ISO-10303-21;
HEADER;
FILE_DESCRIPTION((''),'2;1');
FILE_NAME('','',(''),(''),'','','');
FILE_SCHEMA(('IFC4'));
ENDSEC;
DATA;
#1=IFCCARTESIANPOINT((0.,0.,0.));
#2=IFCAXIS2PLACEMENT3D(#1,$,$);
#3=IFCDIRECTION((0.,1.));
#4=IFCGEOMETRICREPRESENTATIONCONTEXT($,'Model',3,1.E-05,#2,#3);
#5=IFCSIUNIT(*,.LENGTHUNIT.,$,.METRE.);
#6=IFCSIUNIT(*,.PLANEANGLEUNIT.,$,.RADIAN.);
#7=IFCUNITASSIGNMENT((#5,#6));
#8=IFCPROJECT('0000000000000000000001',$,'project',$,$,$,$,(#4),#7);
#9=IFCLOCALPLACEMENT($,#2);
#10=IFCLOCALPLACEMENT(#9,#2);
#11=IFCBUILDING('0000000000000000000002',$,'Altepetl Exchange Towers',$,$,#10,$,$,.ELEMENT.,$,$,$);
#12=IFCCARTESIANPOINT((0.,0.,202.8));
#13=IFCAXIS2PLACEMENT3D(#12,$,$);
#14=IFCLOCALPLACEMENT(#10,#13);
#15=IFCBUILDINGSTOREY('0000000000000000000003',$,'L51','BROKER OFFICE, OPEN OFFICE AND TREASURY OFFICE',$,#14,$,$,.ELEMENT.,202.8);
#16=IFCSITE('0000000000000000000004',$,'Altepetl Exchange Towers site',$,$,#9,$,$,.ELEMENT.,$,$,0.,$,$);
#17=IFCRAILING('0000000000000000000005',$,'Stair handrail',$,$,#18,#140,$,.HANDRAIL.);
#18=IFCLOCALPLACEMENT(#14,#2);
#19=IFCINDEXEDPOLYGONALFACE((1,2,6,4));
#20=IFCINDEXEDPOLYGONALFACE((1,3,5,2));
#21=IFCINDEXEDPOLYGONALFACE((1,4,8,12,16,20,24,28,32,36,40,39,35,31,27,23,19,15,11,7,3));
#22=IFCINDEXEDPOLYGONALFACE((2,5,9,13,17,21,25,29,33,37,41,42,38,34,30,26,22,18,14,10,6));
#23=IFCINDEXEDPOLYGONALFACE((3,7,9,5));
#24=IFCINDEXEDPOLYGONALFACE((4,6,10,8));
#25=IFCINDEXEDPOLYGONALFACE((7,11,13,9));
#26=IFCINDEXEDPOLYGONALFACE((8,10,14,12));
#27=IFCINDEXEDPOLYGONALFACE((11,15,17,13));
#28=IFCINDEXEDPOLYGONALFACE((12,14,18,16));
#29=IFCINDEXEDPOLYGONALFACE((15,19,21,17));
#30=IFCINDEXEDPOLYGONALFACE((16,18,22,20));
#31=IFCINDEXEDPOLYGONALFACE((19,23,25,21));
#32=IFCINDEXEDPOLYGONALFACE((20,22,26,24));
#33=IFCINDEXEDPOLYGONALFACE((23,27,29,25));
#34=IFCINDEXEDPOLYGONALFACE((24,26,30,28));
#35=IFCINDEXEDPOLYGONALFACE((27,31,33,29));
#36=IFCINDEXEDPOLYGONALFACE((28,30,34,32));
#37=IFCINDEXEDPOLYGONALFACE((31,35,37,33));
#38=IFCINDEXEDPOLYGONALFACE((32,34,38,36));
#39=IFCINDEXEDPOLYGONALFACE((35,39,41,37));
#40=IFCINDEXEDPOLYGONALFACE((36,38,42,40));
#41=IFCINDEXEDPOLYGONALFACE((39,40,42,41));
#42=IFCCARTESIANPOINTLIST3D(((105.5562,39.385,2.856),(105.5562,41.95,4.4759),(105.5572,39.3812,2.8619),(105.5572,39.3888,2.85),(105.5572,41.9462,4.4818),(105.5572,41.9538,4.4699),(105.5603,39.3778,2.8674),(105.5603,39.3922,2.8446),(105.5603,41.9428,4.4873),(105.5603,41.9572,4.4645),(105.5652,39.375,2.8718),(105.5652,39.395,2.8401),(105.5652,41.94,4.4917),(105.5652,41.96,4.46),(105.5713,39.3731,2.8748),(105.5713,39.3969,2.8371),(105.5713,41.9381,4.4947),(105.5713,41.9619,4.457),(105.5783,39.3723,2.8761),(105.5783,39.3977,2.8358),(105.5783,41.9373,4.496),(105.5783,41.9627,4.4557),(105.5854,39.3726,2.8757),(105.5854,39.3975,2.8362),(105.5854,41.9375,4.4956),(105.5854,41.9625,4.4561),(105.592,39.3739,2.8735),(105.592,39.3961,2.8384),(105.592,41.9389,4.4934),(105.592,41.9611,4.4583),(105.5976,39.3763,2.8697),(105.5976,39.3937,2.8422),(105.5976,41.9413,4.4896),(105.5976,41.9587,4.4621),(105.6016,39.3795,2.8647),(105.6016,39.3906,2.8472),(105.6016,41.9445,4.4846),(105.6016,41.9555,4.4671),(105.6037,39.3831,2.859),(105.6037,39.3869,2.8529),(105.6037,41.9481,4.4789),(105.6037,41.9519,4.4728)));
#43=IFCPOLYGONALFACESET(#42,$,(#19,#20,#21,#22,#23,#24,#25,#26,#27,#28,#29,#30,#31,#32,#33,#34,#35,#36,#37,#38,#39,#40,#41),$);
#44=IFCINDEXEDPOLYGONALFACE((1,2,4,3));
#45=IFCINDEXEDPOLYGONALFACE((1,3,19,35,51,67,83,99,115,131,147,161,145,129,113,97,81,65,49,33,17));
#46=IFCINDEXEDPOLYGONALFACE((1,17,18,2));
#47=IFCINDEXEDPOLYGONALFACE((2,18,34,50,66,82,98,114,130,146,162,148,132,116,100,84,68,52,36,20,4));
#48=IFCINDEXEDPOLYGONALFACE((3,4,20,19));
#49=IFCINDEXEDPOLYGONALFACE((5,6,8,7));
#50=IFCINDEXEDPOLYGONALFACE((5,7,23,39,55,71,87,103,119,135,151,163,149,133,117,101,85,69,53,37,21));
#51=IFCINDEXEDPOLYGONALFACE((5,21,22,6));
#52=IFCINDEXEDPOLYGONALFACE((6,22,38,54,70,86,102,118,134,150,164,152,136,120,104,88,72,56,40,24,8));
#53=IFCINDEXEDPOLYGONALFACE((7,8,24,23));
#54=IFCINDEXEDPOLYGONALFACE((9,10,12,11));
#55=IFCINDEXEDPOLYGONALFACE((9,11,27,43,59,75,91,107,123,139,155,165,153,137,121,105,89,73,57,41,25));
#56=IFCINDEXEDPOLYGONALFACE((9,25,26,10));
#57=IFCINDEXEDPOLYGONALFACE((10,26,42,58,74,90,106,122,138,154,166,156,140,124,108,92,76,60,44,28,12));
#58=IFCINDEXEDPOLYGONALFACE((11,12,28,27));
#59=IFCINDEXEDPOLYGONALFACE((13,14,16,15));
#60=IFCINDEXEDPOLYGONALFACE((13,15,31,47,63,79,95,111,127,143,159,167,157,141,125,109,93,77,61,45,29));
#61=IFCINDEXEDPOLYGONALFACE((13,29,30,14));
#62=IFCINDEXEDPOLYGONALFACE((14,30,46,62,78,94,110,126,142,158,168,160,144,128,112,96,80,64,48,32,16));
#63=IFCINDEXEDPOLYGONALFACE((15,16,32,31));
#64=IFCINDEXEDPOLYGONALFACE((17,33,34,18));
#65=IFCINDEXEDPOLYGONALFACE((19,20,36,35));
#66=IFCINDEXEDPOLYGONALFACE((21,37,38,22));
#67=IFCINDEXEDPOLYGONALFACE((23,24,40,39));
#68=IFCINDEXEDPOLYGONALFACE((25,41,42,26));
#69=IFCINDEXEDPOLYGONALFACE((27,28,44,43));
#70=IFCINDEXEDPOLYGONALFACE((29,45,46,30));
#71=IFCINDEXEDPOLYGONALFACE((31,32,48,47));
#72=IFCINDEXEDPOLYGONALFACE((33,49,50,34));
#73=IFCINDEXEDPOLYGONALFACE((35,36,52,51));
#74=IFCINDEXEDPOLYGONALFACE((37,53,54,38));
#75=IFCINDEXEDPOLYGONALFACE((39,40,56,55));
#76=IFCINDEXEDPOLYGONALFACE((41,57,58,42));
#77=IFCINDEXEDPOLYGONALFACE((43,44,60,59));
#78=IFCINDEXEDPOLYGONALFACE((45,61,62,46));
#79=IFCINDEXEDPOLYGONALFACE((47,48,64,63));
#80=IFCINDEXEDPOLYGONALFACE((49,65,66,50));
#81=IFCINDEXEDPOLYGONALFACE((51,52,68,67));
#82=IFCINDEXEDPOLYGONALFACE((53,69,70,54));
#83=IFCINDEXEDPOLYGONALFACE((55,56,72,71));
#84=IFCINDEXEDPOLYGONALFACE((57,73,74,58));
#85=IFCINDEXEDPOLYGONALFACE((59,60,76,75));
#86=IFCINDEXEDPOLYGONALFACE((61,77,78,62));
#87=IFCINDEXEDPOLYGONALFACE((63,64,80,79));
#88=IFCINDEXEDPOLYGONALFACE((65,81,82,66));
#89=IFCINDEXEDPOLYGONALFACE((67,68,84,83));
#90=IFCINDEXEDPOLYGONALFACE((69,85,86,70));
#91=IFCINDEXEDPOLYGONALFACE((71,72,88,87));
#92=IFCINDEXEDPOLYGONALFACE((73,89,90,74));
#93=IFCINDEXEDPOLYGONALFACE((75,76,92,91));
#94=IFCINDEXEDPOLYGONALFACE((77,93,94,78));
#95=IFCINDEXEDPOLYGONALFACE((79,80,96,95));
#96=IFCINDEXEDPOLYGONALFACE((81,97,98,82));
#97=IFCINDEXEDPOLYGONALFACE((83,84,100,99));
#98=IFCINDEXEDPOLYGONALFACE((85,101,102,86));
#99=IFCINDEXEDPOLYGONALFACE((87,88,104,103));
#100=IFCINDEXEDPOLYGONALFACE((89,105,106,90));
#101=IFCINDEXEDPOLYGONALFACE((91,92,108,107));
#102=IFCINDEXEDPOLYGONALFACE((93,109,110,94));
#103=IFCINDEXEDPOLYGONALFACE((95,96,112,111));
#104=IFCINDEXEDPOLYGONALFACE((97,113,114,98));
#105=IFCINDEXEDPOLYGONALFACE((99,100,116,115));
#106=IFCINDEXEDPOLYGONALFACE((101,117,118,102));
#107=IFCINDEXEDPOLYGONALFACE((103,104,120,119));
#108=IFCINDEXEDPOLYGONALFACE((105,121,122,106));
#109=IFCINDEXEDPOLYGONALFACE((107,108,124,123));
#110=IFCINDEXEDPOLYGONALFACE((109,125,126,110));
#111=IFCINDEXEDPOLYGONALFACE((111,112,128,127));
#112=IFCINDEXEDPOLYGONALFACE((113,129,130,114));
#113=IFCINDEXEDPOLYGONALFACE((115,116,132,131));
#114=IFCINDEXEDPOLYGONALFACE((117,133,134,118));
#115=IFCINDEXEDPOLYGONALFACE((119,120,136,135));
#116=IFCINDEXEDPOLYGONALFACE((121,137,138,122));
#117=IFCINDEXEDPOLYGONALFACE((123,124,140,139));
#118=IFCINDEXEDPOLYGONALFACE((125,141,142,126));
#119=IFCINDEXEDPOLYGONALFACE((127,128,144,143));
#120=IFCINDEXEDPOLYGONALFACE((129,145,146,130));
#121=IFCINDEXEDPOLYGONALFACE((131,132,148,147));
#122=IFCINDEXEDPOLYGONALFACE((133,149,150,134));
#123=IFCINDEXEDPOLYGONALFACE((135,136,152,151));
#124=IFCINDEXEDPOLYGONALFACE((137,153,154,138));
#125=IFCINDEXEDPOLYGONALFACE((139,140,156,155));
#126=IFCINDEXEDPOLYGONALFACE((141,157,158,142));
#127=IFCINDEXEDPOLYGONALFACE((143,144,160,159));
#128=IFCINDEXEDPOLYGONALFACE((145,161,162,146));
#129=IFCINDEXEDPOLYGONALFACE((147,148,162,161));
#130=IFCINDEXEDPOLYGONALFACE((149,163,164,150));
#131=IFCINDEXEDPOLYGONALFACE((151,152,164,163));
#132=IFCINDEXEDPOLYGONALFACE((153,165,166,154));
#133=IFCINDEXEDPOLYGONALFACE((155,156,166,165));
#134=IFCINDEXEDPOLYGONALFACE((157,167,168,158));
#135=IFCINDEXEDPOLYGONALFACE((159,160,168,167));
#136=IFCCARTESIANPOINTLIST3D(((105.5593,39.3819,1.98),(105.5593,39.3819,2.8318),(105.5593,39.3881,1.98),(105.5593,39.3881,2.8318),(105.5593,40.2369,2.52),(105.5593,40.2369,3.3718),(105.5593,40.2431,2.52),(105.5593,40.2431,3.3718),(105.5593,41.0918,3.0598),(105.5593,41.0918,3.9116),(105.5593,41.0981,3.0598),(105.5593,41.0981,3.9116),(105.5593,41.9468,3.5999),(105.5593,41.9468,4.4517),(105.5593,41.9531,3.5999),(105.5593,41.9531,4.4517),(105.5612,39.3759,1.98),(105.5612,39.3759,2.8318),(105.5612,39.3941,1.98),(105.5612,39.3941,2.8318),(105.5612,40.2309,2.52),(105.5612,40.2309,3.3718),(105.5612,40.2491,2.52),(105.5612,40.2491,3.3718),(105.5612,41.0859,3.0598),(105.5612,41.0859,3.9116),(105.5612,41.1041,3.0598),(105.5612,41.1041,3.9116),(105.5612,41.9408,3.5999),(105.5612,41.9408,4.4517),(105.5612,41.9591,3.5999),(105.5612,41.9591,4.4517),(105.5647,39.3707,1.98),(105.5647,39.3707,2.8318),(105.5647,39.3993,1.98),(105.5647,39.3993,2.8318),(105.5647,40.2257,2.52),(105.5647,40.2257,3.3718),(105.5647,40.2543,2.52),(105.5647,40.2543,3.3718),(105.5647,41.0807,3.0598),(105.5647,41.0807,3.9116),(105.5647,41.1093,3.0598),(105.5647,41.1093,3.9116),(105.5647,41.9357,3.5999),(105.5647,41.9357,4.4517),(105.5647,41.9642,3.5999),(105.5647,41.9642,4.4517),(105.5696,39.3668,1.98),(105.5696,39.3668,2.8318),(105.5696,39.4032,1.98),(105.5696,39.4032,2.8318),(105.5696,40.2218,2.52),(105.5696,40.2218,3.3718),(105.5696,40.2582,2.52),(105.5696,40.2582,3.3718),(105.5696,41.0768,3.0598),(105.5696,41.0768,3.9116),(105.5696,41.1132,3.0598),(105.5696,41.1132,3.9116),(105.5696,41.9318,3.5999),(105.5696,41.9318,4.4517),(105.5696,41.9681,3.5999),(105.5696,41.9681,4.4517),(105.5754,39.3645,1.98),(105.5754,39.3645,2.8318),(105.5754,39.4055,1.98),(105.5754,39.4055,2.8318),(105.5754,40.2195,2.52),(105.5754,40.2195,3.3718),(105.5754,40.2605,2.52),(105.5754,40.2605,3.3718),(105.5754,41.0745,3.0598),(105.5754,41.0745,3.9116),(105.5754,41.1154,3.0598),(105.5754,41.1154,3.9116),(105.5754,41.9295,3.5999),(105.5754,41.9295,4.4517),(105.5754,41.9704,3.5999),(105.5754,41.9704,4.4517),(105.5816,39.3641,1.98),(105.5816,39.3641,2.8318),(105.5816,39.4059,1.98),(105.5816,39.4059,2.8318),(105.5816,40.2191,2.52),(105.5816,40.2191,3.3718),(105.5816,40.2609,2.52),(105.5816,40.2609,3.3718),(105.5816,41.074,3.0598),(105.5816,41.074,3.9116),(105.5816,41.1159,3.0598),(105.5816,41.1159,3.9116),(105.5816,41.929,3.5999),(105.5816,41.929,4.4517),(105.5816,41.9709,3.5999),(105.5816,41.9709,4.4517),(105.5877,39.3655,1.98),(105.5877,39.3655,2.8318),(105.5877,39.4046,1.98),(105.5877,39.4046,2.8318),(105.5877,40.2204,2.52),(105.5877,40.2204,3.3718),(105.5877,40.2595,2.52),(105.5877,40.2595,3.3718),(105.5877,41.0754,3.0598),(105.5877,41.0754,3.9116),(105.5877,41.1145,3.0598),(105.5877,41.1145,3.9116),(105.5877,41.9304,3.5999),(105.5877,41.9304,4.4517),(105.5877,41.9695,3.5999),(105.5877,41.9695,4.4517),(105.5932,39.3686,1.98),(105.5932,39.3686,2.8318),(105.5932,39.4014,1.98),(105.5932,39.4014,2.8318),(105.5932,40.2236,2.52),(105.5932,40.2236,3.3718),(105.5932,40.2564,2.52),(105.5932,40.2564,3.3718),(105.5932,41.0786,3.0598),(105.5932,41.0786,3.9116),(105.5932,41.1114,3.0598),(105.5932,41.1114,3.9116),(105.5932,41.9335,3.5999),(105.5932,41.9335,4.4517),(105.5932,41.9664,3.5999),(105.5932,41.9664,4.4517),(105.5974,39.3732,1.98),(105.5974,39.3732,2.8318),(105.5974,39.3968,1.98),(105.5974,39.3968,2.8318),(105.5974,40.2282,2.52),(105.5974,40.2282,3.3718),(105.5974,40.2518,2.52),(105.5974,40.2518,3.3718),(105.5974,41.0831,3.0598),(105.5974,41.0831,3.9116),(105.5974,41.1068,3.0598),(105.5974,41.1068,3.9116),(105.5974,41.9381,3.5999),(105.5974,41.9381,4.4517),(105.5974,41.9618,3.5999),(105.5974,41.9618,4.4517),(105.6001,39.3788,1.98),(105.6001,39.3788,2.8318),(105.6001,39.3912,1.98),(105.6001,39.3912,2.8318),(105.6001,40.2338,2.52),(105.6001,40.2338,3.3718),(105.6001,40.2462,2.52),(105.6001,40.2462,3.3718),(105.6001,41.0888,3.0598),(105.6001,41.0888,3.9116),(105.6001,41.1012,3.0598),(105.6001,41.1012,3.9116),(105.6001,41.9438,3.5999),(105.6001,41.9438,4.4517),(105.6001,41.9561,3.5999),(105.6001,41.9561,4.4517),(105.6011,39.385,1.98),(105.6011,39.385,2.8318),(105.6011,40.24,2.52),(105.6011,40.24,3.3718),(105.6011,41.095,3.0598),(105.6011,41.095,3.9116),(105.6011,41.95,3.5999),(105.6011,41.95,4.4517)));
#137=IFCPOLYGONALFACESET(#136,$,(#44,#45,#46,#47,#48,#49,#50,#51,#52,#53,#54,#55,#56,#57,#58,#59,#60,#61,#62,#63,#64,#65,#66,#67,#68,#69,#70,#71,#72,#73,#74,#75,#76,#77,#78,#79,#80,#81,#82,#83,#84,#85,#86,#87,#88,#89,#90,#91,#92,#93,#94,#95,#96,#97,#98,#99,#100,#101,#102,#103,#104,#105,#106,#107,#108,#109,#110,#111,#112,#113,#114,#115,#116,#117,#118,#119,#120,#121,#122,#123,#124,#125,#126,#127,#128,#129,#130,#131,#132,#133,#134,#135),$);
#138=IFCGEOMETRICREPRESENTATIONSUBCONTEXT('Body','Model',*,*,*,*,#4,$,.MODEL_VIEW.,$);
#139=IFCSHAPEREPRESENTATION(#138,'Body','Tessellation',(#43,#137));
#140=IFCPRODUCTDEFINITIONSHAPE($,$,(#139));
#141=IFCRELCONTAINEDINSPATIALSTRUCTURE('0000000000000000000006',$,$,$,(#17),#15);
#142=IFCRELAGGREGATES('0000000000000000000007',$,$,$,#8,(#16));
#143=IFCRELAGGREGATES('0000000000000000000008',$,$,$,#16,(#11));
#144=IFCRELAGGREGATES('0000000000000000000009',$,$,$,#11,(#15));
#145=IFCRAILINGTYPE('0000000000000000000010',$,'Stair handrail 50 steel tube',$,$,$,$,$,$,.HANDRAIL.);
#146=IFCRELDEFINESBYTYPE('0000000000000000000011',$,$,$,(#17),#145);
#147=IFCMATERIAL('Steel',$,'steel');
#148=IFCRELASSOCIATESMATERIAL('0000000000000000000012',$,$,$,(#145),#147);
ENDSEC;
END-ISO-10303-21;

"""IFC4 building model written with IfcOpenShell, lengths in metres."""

from ifc_helpers import new_model, si_unit, direction, frame, origin, origin_2d, place, context, subcontext, project, spatial, circle, extrude, source, transform, mapped, material, type_object, element, save


model = new_model("IFC4")

# Units and contexts
model_context = context("Model", 3, precision=1e-05, world=origin(), true_north=direction((0.0, 1.0)))
body_context = subcontext(model_context, "Body", "Model", "MODEL_VIEW")
ifc_project = project(units=[si_unit("LENGTHUNIT", "METRE"), si_unit("PLANEANGLEUNIT", "RADIAN")], contexts=[model_context])

# Site, building, storey
site_placement = place(None, origin())
site = spatial("IfcSite", under=ifc_project, at=site_placement, Name="Altepetl Exchange Towers site", CompositionType="ELEMENT", RefElevation=0.0)
building_placement = place(site_placement, origin())
building = spatial("IfcBuilding", under=site, at=building_placement, Name="Altepetl Exchange Towers", CompositionType="ELEMENT")
storey_placement = place(building_placement, frame((0.0, 0.0, 202.8)))
storey = spatial("IfcBuildingStorey", under=building, at=storey_placement, Name="L51", Description="BROKER OFFICE, OPEN OFFICE AND TREASURY OFFICE", CompositionType="ELEMENT", Elevation=202.8)

# Railing
ifc_material_1 = material(Name="Steel", Category="steel")
railing_type = type_object("IfcRailingType", Name="Stair handrail 50 steel tube", PredefinedType="HANDRAIL", material=ifc_material_1)
shared_shape = source(origin(), body_context, "Body", "SweptSolid", [
    extrude(circle(Radius=0.021, at=origin_2d()), origin(), (0.0, 0.0, 1.0), 0.8518),
])
railing_1_placement = place(storey_placement, frame((105.5801, 39.385, 1.98)))
element("IfcRailing", 1, at=railing_1_placement, inside=storey, type_object=railing_type, Name="Stair handrail", PredefinedType="HANDRAIL", context=body_context, shape_type="SweptSolid", body=[
    extrude(circle(Radius=0.0239, at=origin_2d()), frame((0.0, 0.0, 0.876), z_axis=(0.0, 0.845502, 0.533972), x_axis=(-1.0, 0.0, 0.0)), (0.0, 0.0, 1.0), 3.0337),
    mapped(shared_shape, transform((0.0, 0.0, 0.0))),
    mapped(shared_shape, transform((0.0, 0.855, 0.54))),
    mapped(shared_shape, transform((0.0, 1.71, 1.0798))),
    mapped(shared_shape, transform((0.0, 2.5649, 1.6199))),
])

save(model, "model.ifc")
